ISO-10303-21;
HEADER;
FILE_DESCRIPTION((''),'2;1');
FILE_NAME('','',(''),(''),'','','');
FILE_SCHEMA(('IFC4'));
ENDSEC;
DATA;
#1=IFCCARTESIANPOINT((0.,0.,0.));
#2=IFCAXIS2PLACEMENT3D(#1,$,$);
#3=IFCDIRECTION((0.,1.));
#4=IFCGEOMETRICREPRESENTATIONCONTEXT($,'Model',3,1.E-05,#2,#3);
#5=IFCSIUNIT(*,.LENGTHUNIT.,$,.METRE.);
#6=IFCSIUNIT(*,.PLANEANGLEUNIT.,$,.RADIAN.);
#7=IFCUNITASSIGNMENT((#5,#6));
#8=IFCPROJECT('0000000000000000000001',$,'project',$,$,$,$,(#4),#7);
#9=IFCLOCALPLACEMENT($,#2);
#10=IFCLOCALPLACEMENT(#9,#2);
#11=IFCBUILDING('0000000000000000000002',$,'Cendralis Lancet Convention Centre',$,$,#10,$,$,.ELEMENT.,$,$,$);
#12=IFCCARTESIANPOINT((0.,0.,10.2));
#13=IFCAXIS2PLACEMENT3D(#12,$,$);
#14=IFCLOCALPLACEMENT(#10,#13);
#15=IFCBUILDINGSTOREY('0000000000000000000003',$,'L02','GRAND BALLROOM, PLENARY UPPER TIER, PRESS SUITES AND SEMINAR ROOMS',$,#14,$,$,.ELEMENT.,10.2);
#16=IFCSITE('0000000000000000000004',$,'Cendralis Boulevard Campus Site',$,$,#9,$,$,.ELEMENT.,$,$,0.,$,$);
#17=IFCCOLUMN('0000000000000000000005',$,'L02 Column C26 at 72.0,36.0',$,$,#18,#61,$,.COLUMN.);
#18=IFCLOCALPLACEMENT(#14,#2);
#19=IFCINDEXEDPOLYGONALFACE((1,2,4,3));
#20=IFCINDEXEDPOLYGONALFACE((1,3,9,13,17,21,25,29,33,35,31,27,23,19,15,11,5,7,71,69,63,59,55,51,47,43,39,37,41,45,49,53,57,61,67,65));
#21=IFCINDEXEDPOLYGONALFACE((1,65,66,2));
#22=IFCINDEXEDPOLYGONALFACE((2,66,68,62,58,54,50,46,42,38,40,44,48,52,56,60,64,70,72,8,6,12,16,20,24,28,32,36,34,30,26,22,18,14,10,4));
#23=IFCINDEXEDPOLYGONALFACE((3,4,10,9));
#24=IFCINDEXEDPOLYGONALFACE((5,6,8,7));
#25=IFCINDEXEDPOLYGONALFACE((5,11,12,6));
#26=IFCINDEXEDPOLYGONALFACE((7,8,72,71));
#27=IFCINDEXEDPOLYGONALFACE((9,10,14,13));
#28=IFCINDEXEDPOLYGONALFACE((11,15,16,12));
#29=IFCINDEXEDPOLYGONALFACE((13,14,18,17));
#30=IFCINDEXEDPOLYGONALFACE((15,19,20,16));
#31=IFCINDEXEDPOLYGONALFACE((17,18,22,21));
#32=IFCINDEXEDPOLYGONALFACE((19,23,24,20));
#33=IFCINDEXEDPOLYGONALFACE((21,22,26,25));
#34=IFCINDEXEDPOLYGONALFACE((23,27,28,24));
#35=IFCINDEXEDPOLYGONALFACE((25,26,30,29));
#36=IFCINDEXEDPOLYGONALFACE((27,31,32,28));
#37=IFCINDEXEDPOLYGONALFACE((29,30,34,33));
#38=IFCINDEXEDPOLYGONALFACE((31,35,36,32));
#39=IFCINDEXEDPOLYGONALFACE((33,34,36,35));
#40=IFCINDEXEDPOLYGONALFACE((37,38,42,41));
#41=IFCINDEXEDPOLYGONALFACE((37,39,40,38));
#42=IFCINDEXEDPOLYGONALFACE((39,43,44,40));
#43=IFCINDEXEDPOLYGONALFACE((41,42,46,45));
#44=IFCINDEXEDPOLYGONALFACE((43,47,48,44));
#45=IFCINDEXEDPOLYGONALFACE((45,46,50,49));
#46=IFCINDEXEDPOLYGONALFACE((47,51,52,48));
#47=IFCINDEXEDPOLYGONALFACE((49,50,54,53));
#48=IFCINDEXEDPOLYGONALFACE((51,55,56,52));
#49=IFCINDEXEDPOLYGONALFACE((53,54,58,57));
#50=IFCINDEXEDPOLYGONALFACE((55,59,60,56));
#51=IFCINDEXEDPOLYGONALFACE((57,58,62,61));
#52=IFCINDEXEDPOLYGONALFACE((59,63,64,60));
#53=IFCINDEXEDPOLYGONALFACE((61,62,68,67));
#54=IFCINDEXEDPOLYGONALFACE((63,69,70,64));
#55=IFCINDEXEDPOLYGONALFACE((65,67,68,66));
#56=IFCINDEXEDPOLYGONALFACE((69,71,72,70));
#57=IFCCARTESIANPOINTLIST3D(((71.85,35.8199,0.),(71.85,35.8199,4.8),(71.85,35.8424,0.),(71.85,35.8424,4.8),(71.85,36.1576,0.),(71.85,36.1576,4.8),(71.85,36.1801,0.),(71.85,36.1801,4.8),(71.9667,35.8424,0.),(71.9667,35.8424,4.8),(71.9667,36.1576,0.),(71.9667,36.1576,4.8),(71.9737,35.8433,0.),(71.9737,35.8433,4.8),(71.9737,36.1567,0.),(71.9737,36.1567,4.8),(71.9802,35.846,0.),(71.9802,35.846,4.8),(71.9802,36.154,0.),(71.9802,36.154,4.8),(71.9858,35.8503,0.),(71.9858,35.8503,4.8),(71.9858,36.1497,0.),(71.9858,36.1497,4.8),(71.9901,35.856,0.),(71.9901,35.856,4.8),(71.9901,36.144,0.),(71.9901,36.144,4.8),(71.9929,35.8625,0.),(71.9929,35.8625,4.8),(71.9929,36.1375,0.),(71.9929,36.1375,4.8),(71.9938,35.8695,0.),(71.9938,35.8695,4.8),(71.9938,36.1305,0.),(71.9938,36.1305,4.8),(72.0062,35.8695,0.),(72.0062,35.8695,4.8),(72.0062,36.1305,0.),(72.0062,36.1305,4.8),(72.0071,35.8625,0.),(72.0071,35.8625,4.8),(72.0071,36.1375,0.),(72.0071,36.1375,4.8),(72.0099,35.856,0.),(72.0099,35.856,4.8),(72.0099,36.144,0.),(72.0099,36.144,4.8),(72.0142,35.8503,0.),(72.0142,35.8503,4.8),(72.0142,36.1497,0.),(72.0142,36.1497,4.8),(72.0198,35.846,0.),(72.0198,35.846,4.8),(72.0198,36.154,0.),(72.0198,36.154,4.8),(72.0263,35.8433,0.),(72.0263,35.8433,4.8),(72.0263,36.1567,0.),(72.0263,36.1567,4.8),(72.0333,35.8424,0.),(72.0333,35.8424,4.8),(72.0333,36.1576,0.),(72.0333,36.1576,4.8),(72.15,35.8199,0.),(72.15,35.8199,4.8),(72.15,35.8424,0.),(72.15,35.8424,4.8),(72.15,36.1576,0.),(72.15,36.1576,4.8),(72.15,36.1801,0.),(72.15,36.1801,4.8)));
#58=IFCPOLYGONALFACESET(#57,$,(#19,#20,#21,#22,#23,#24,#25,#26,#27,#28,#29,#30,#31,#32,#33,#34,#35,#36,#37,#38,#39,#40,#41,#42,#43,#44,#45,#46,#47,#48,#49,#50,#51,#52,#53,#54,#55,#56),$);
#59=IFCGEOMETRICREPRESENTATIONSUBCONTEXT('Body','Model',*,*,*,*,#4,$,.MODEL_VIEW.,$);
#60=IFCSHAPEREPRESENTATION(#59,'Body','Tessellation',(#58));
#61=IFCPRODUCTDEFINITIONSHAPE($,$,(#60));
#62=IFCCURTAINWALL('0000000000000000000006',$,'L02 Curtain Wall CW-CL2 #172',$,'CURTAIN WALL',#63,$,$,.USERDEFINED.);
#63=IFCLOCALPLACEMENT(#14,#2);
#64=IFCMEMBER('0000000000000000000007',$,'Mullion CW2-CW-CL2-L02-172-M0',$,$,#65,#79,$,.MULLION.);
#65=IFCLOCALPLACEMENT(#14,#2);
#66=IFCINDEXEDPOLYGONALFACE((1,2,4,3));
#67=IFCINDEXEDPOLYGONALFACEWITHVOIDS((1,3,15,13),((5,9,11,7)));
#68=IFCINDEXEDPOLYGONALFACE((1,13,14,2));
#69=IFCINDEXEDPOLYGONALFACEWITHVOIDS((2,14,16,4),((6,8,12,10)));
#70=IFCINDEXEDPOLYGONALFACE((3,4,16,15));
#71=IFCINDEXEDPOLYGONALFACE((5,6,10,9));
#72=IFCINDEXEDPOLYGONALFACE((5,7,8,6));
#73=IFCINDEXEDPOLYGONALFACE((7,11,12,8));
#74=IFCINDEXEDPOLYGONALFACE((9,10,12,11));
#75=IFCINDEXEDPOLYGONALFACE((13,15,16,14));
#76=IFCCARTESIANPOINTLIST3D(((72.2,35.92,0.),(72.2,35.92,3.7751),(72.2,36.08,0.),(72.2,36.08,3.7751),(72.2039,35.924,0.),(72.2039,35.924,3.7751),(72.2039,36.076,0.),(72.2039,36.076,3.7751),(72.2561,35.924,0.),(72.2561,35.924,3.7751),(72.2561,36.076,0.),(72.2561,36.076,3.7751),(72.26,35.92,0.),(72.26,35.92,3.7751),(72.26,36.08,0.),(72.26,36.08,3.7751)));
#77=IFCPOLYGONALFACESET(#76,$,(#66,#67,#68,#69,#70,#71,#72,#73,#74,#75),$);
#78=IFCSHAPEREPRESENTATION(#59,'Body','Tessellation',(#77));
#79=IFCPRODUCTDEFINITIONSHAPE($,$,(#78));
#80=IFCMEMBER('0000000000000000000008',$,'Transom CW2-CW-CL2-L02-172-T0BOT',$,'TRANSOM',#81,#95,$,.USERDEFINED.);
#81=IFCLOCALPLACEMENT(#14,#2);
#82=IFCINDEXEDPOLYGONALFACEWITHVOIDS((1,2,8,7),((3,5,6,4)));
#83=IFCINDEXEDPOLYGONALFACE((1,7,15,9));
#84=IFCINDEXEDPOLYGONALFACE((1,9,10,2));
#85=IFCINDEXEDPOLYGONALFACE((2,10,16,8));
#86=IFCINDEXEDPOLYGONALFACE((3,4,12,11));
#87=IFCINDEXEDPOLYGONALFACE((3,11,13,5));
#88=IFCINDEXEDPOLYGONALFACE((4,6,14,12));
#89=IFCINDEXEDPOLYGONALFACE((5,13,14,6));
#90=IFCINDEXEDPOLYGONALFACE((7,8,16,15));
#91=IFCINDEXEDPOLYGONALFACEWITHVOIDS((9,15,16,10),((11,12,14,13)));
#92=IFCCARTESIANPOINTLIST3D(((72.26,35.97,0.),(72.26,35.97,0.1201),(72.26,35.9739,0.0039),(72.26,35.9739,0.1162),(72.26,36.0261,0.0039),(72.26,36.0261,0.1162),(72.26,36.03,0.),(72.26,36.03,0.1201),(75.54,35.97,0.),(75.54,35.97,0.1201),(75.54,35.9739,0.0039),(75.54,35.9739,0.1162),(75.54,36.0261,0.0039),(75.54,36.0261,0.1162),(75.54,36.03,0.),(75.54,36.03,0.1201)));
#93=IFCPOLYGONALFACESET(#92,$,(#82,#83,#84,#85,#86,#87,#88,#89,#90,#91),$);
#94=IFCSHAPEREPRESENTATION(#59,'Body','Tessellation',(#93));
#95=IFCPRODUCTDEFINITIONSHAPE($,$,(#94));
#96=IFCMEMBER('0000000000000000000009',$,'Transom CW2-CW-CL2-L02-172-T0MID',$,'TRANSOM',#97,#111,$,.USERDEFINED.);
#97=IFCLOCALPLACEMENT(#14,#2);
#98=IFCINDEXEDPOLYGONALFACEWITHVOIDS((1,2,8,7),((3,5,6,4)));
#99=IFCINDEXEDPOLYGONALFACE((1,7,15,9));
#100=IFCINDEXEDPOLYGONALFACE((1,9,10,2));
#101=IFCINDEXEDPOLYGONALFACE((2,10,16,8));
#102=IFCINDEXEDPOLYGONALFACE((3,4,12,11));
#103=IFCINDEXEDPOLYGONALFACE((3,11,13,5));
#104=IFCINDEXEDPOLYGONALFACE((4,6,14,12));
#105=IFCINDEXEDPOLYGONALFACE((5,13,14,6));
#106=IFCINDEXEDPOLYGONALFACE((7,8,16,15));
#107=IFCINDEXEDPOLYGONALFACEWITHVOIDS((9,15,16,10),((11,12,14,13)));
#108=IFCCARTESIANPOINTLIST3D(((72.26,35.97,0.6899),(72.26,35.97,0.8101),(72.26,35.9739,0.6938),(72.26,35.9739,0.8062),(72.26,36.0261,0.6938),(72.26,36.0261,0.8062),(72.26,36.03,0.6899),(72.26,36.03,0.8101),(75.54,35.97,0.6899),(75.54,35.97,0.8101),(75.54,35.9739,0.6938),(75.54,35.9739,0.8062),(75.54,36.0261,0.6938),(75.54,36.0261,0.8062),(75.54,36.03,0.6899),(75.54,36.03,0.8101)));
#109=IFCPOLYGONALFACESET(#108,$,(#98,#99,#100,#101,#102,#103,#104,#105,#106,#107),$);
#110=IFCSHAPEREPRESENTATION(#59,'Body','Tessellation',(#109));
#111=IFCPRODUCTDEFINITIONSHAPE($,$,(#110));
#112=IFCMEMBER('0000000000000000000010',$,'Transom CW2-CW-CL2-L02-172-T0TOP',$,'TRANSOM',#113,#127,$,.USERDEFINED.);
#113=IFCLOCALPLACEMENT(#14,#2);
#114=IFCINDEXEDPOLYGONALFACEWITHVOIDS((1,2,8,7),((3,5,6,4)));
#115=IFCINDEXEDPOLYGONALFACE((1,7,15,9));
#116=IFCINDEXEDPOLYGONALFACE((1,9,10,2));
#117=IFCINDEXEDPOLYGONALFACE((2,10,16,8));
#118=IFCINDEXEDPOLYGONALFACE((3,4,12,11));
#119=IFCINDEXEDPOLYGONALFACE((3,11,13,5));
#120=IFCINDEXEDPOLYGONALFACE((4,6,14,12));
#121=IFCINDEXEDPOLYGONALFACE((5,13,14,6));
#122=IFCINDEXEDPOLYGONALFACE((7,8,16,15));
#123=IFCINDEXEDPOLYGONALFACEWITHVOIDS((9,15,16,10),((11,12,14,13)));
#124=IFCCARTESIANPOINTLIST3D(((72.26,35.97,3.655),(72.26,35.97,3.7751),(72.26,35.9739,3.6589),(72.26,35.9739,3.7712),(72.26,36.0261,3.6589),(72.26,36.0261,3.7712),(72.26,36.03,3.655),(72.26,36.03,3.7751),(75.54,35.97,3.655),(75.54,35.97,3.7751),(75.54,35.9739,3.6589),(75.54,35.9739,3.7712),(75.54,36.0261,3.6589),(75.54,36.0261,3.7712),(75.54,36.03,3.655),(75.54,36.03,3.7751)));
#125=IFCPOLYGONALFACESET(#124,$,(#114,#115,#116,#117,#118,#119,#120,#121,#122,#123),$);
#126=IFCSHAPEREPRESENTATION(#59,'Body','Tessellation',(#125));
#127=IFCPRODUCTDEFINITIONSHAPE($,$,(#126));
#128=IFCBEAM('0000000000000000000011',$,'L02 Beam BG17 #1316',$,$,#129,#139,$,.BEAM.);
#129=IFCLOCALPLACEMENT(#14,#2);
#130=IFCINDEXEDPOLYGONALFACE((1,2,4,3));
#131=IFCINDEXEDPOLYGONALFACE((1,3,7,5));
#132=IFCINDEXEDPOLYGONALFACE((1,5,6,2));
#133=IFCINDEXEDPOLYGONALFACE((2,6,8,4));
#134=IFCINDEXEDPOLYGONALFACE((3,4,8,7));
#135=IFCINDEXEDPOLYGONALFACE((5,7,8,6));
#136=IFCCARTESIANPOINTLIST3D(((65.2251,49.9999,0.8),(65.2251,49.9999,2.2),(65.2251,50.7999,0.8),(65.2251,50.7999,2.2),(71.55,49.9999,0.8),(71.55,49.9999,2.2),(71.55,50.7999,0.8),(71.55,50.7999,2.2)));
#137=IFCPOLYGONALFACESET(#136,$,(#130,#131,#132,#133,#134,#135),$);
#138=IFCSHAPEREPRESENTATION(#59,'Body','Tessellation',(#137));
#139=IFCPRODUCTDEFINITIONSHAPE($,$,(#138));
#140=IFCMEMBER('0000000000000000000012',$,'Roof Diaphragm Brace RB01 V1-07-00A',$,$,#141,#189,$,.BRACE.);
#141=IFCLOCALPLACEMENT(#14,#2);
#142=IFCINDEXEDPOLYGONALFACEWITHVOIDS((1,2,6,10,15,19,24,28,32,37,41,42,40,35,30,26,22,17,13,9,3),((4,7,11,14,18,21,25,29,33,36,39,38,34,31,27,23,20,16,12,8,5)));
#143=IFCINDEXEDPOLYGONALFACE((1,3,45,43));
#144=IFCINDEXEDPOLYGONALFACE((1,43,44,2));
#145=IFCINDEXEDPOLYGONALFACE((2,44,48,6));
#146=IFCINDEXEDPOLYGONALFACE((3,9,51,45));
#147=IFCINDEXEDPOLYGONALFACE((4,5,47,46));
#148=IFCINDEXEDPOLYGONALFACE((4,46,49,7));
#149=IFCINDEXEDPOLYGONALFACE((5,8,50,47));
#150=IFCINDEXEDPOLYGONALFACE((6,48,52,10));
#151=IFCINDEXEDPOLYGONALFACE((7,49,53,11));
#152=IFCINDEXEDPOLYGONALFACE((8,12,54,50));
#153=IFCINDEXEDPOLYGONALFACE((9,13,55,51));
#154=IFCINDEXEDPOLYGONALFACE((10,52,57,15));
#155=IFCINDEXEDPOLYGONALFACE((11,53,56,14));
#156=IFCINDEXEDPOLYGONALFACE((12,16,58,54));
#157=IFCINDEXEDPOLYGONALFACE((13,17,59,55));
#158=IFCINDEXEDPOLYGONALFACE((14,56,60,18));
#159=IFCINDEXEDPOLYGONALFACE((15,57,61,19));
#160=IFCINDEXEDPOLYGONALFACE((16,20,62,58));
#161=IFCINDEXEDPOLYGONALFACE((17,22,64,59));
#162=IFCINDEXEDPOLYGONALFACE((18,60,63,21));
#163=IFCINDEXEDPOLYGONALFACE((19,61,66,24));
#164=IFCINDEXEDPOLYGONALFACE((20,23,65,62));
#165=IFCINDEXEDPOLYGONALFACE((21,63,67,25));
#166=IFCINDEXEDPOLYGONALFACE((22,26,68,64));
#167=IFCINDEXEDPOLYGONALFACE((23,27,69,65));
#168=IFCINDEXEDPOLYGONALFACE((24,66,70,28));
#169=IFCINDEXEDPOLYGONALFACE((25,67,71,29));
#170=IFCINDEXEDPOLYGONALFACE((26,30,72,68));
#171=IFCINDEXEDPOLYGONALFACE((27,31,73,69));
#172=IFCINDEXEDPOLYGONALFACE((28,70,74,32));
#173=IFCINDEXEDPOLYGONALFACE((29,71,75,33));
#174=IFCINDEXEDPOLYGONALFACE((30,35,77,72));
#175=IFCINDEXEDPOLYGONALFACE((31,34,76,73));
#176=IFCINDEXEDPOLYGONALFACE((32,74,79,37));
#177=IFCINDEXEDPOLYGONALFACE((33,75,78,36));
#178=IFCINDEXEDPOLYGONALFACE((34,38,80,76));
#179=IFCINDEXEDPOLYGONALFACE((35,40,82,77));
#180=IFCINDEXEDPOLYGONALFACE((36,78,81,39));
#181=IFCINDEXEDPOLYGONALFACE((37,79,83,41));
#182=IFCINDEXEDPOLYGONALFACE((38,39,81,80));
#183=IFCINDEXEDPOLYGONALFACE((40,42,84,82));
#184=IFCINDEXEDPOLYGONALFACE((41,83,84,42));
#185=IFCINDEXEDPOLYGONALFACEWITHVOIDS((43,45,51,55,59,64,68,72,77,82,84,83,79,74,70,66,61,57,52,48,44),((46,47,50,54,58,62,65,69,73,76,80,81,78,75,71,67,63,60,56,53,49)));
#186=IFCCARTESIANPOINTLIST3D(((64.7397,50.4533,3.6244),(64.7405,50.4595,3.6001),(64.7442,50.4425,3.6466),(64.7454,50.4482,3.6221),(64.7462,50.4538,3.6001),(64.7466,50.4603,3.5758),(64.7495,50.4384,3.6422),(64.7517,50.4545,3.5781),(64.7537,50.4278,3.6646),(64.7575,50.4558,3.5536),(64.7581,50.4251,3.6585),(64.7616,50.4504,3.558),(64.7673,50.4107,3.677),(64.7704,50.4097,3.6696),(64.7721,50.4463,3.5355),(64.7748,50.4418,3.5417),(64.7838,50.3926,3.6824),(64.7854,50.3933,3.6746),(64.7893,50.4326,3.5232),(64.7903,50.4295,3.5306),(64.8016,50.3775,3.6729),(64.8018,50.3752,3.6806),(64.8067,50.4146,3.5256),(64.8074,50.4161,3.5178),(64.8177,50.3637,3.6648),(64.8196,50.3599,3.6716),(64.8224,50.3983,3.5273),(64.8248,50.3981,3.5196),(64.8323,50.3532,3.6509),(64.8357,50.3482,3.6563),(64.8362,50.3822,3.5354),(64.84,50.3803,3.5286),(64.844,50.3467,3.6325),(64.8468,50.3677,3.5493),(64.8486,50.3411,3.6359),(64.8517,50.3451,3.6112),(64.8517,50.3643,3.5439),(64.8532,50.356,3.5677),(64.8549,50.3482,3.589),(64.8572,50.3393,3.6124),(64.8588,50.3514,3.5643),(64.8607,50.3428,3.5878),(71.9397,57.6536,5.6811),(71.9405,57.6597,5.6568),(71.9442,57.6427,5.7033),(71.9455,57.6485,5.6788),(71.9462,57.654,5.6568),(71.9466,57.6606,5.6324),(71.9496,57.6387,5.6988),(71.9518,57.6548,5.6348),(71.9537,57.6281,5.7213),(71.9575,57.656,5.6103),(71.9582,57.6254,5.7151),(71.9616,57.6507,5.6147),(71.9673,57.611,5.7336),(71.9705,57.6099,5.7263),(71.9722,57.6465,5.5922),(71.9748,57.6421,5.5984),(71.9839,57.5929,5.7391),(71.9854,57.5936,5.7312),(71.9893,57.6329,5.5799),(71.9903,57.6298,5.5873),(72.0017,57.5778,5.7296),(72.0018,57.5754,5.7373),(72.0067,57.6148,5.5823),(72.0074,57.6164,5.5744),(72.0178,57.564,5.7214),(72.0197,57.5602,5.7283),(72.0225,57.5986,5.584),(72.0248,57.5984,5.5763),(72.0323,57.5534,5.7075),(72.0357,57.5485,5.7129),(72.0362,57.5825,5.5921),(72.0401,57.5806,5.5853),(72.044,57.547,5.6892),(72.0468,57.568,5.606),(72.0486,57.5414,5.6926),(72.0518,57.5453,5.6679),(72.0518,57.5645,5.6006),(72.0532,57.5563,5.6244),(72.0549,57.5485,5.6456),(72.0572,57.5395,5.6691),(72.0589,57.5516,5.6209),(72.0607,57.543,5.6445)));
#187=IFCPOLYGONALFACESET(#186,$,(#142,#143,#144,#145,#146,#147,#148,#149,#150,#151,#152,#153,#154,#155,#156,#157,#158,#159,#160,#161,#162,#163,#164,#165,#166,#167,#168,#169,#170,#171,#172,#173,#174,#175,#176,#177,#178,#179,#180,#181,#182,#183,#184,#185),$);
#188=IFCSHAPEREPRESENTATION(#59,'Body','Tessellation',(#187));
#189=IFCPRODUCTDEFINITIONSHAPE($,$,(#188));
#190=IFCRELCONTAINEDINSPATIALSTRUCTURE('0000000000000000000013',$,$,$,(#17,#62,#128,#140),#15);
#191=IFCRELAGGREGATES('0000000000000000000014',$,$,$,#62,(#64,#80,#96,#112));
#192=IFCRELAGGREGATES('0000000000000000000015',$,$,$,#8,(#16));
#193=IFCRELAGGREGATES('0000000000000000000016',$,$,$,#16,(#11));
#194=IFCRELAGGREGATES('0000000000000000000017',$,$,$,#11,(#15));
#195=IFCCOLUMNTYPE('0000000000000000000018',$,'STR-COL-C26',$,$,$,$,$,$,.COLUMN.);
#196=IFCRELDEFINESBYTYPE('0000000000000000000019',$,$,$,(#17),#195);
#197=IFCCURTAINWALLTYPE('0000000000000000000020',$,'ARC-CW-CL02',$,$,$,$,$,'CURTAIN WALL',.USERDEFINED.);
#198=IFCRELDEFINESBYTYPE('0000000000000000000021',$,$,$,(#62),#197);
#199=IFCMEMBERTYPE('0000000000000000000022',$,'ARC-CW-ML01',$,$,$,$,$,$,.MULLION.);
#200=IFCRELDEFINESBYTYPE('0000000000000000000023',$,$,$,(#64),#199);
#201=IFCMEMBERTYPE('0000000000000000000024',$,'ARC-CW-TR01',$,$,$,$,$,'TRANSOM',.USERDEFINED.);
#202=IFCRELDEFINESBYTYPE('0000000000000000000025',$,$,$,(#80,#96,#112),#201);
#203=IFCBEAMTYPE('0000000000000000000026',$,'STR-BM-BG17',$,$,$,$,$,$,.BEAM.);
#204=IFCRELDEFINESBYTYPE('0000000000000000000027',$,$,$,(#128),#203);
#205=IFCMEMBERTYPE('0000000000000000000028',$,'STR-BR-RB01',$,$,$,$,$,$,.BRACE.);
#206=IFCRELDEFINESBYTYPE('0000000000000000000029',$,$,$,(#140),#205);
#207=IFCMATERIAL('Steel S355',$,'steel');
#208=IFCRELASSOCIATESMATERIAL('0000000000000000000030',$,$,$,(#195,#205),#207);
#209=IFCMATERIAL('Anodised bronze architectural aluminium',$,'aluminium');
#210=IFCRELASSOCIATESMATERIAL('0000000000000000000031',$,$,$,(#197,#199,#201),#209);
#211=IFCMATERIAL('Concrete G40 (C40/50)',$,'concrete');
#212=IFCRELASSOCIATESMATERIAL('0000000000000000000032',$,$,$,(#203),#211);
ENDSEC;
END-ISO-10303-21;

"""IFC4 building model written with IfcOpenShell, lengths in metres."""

from ifc_helpers import new_model, si_unit, direction, frame, origin, origin_2d, place, context, subcontext, project, spatial, rectangle, hollow_rectangle, hollow_circle, i_section, extrude, material, material_profile, profile_set, type_object, element, aggregate, save


model = new_model("IFC4")

# Units and contexts
model_context = context("Model", 3, precision=1e-05, world=origin(), true_north=direction((0.0, 1.0)))
body_context = subcontext(model_context, "Body", "Model", "MODEL_VIEW")
ifc_project = project(units=[si_unit("LENGTHUNIT", "METRE"), si_unit("PLANEANGLEUNIT", "RADIAN")], contexts=[model_context])

# Site, building, storey
site_placement = place(None, origin())
site = spatial("IfcSite", under=ifc_project, at=site_placement, Name="Cendralis Boulevard Campus Site", CompositionType="ELEMENT", RefElevation=0.0)
building_placement = place(site_placement, origin())
building = spatial("IfcBuilding", under=site, at=building_placement, Name="Cendralis Lancet Convention Centre", CompositionType="ELEMENT")
storey_placement = place(building_placement, frame((0.0, 0.0, 10.2)))
storey = spatial("IfcBuildingStorey", under=building, at=storey_placement, Name="L02", Description="GRAND BALLROOM, PLENARY UPPER TIER, PRESS SUITES AND SEMINAR ROOMS", CompositionType="ELEMENT", Elevation=10.2)

# Column
ifc_material_1 = material(Name="Steel S355", Category="steel")
ifc_material_profile_1 = material_profile(ifc_material_1, i_section(OverallWidth=0.3, OverallDepth=0.3601, WebThickness=0.0125, FlangeThickness=0.0225, FilletRadius=0.0271, at=origin_2d()), Name="HEB 360")
ifc_profile_set_1 = profile_set([ifc_material_profile_1], Name="Steel S355")
column_type = type_object("IfcColumnType", Name="STR-COL-C26", PredefinedType="COLUMN", material=ifc_profile_set_1)
column_placement = place(storey_placement, frame((72.0, 36.0, 0.0), z_axis=(0.0, 0.0, 1.0), x_axis=(1.0, 0.0, 0.0)))
element("IfcColumn", 1, at=column_placement, inside=storey, type_object=column_type, Name="L02 Column C26 at 72.0,36.0", PredefinedType="COLUMN", context=body_context, shape_type="SweptSolid", body=[
    extrude(i_section(OverallWidth=0.3, OverallDepth=0.3601, WebThickness=0.0125, FlangeThickness=0.0225, FilletRadius=0.0271, at=origin_2d()), origin(), (0.0, 0.0, 1.0), 4.8),
])

# Curtain wall, members
ifc_material_2 = material(Name="Anodised bronze architectural aluminium", Category="aluminium")
curtain_wall_type = type_object("IfcCurtainWallType", Name="ARC-CW-CL02", ElementType="CURTAIN WALL", PredefinedType="USERDEFINED", material=ifc_material_2)
curtain_wall_placement = place(storey_placement, origin())
curtain_wall = element("IfcCurtainWall", 2, at=curtain_wall_placement, inside=storey, type_object=curtain_wall_type, Name="L02 Curtain Wall CW-CL2 #172", ObjectType="CURTAIN WALL", PredefinedType="USERDEFINED")
ifc_material_profile_2 = material_profile(ifc_material_2, hollow_rectangle(XDim=0.0601, YDim=0.1599, WallThickness=0.0039, at=origin_2d()), Name="AL-MULL 60x160x4.0")
ifc_profile_set_2 = profile_set([ifc_material_profile_2], Name="Anodised bronze architectural aluminium")
member_type_1 = type_object("IfcMemberType", Name="ARC-CW-ML01", PredefinedType="MULLION", material=ifc_profile_set_2)
member_1_placement = place(storey_placement, frame((72.23, 36.0, 0.0), z_axis=(0.0, 0.0, 1.0), x_axis=(1.0, 0.0, 0.0)))
member_1 = element("IfcMember", 3, at=member_1_placement, type_object=member_type_1, Name="Mullion CW2-CW-CL2-L02-172-M0", PredefinedType="MULLION", context=body_context, shape_type="SweptSolid", body=[
    extrude(hollow_rectangle(XDim=0.0601, YDim=0.1599, WallThickness=0.0039, at=origin_2d()), origin(), (0.0, 0.0, 1.0), 3.7751),
])
ifc_material_profile_3 = material_profile(ifc_material_2, hollow_rectangle(XDim=0.0601, YDim=0.1201, WallThickness=0.0039, at=origin_2d()), Name="AL-TRAN 60x120x4.0")
ifc_profile_set_3 = profile_set([ifc_material_profile_3], Name="Anodised bronze architectural aluminium")
member_type_2 = type_object("IfcMemberType", Name="ARC-CW-TR01", ElementType="TRANSOM", PredefinedType="USERDEFINED", material=ifc_profile_set_3)
member_2_placement = place(storey_placement, frame((72.26, 36.0, 0.0601), z_axis=(1.0, 0.0, 0.0), x_axis=(0.0, 1.0, 0.0)))
member_2 = element("IfcMember", 4, at=member_2_placement, type_object=member_type_2, Name="Transom CW2-CW-CL2-L02-172-T0BOT", ObjectType="TRANSOM", PredefinedType="USERDEFINED", context=body_context, shape_type="SweptSolid", body=[
    extrude(hollow_rectangle(XDim=0.0601, YDim=0.1201, WallThickness=0.0039, at=origin_2d()), origin(), (0.0, 0.0, 1.0), 3.28),
])
member_3_placement = place(storey_placement, frame((72.26, 36.0, 0.75), z_axis=(1.0, 0.0, 0.0), x_axis=(0.0, 1.0, 0.0)))
member_3 = element("IfcMember", 5, at=member_3_placement, type_object=member_type_2, Name="Transom CW2-CW-CL2-L02-172-T0MID", ObjectType="TRANSOM", PredefinedType="USERDEFINED", context=body_context, shape_type="SweptSolid", body=[
    extrude(hollow_rectangle(XDim=0.0601, YDim=0.1201, WallThickness=0.0039, at=origin_2d()), origin(), (0.0, 0.0, 1.0), 3.28),
])
member_4_placement = place(storey_placement, frame((72.26, 36.0, 3.7151), z_axis=(1.0, 0.0, 0.0), x_axis=(0.0, 1.0, 0.0)))
member_4 = element("IfcMember", 6, at=member_4_placement, type_object=member_type_2, Name="Transom CW2-CW-CL2-L02-172-T0TOP", ObjectType="TRANSOM", PredefinedType="USERDEFINED", context=body_context, shape_type="SweptSolid", body=[
    extrude(hollow_rectangle(XDim=0.0601, YDim=0.1201, WallThickness=0.0039, at=origin_2d()), origin(), (0.0, 0.0, 1.0), 3.28),
])
aggregate(curtain_wall, [member_1, member_2, member_3, member_4])

# Beam
ifc_material_3 = material(Name="Concrete G40 (C40/50)", Category="concrete")
ifc_material_profile_4 = material_profile(ifc_material_3, rectangle(XDim=0.8, YDim=1.3999, at=origin_2d()), Name="RCB 800x1400")
ifc_profile_set_4 = profile_set([ifc_material_profile_4], Name="Concrete G40 (C40/50)")
beam_type_1 = type_object("IfcBeamType", Name="STR-BM-BG17", PredefinedType="BEAM", material=ifc_profile_set_4)
beam_1_placement = place(storey_placement, frame((65.2251, 50.3999, 1.5), z_axis=(1.0, 0.0, 0.0), x_axis=(0.0, 1.0, 0.0)))
element("IfcBeam", 7, at=beam_1_placement, inside=storey, type_object=beam_type_1, Name="L02 Beam BG17 #1316", PredefinedType="BEAM", context=body_context, shape_type="SweptSolid", body=[
    extrude(rectangle(XDim=0.8, YDim=1.3999, at=origin_2d()), origin(), (0.0, 0.0, 1.0), 6.325),
])

# Member
ifc_material_profile_5 = material_profile(ifc_material_1, hollow_circle(Radius=0.0842, WallThickness=0.0081, at=origin_2d()), Name="CHS 168.3x8.0")
ifc_profile_set_5 = profile_set([ifc_material_profile_5], Name="Steel S355")
member_type_3 = type_object("IfcMemberType", Name="STR-BR-RB01", PredefinedType="BRACE", material=ifc_profile_set_5)
member_5_placement = place(storey_placement, frame((64.8, 50.3999, 3.6001), z_axis=(0.693098, 0.693122, 0.197981), x_axis=(-0.707119, 0.707095, 0.0)))
element("IfcMember", 8, at=member_5_placement, inside=storey, type_object=member_type_3, Name="Roof Diaphragm Brace RB01 V1-07-00A", PredefinedType="BRACE", context=body_context, shape_type="SweptSolid", body=[
    extrude(hollow_circle(Radius=0.0842, WallThickness=0.0081, at=origin_2d()), origin(), (0.0, 0.0, 1.0), 10.3882),
])

save(model, "model.ifc")
